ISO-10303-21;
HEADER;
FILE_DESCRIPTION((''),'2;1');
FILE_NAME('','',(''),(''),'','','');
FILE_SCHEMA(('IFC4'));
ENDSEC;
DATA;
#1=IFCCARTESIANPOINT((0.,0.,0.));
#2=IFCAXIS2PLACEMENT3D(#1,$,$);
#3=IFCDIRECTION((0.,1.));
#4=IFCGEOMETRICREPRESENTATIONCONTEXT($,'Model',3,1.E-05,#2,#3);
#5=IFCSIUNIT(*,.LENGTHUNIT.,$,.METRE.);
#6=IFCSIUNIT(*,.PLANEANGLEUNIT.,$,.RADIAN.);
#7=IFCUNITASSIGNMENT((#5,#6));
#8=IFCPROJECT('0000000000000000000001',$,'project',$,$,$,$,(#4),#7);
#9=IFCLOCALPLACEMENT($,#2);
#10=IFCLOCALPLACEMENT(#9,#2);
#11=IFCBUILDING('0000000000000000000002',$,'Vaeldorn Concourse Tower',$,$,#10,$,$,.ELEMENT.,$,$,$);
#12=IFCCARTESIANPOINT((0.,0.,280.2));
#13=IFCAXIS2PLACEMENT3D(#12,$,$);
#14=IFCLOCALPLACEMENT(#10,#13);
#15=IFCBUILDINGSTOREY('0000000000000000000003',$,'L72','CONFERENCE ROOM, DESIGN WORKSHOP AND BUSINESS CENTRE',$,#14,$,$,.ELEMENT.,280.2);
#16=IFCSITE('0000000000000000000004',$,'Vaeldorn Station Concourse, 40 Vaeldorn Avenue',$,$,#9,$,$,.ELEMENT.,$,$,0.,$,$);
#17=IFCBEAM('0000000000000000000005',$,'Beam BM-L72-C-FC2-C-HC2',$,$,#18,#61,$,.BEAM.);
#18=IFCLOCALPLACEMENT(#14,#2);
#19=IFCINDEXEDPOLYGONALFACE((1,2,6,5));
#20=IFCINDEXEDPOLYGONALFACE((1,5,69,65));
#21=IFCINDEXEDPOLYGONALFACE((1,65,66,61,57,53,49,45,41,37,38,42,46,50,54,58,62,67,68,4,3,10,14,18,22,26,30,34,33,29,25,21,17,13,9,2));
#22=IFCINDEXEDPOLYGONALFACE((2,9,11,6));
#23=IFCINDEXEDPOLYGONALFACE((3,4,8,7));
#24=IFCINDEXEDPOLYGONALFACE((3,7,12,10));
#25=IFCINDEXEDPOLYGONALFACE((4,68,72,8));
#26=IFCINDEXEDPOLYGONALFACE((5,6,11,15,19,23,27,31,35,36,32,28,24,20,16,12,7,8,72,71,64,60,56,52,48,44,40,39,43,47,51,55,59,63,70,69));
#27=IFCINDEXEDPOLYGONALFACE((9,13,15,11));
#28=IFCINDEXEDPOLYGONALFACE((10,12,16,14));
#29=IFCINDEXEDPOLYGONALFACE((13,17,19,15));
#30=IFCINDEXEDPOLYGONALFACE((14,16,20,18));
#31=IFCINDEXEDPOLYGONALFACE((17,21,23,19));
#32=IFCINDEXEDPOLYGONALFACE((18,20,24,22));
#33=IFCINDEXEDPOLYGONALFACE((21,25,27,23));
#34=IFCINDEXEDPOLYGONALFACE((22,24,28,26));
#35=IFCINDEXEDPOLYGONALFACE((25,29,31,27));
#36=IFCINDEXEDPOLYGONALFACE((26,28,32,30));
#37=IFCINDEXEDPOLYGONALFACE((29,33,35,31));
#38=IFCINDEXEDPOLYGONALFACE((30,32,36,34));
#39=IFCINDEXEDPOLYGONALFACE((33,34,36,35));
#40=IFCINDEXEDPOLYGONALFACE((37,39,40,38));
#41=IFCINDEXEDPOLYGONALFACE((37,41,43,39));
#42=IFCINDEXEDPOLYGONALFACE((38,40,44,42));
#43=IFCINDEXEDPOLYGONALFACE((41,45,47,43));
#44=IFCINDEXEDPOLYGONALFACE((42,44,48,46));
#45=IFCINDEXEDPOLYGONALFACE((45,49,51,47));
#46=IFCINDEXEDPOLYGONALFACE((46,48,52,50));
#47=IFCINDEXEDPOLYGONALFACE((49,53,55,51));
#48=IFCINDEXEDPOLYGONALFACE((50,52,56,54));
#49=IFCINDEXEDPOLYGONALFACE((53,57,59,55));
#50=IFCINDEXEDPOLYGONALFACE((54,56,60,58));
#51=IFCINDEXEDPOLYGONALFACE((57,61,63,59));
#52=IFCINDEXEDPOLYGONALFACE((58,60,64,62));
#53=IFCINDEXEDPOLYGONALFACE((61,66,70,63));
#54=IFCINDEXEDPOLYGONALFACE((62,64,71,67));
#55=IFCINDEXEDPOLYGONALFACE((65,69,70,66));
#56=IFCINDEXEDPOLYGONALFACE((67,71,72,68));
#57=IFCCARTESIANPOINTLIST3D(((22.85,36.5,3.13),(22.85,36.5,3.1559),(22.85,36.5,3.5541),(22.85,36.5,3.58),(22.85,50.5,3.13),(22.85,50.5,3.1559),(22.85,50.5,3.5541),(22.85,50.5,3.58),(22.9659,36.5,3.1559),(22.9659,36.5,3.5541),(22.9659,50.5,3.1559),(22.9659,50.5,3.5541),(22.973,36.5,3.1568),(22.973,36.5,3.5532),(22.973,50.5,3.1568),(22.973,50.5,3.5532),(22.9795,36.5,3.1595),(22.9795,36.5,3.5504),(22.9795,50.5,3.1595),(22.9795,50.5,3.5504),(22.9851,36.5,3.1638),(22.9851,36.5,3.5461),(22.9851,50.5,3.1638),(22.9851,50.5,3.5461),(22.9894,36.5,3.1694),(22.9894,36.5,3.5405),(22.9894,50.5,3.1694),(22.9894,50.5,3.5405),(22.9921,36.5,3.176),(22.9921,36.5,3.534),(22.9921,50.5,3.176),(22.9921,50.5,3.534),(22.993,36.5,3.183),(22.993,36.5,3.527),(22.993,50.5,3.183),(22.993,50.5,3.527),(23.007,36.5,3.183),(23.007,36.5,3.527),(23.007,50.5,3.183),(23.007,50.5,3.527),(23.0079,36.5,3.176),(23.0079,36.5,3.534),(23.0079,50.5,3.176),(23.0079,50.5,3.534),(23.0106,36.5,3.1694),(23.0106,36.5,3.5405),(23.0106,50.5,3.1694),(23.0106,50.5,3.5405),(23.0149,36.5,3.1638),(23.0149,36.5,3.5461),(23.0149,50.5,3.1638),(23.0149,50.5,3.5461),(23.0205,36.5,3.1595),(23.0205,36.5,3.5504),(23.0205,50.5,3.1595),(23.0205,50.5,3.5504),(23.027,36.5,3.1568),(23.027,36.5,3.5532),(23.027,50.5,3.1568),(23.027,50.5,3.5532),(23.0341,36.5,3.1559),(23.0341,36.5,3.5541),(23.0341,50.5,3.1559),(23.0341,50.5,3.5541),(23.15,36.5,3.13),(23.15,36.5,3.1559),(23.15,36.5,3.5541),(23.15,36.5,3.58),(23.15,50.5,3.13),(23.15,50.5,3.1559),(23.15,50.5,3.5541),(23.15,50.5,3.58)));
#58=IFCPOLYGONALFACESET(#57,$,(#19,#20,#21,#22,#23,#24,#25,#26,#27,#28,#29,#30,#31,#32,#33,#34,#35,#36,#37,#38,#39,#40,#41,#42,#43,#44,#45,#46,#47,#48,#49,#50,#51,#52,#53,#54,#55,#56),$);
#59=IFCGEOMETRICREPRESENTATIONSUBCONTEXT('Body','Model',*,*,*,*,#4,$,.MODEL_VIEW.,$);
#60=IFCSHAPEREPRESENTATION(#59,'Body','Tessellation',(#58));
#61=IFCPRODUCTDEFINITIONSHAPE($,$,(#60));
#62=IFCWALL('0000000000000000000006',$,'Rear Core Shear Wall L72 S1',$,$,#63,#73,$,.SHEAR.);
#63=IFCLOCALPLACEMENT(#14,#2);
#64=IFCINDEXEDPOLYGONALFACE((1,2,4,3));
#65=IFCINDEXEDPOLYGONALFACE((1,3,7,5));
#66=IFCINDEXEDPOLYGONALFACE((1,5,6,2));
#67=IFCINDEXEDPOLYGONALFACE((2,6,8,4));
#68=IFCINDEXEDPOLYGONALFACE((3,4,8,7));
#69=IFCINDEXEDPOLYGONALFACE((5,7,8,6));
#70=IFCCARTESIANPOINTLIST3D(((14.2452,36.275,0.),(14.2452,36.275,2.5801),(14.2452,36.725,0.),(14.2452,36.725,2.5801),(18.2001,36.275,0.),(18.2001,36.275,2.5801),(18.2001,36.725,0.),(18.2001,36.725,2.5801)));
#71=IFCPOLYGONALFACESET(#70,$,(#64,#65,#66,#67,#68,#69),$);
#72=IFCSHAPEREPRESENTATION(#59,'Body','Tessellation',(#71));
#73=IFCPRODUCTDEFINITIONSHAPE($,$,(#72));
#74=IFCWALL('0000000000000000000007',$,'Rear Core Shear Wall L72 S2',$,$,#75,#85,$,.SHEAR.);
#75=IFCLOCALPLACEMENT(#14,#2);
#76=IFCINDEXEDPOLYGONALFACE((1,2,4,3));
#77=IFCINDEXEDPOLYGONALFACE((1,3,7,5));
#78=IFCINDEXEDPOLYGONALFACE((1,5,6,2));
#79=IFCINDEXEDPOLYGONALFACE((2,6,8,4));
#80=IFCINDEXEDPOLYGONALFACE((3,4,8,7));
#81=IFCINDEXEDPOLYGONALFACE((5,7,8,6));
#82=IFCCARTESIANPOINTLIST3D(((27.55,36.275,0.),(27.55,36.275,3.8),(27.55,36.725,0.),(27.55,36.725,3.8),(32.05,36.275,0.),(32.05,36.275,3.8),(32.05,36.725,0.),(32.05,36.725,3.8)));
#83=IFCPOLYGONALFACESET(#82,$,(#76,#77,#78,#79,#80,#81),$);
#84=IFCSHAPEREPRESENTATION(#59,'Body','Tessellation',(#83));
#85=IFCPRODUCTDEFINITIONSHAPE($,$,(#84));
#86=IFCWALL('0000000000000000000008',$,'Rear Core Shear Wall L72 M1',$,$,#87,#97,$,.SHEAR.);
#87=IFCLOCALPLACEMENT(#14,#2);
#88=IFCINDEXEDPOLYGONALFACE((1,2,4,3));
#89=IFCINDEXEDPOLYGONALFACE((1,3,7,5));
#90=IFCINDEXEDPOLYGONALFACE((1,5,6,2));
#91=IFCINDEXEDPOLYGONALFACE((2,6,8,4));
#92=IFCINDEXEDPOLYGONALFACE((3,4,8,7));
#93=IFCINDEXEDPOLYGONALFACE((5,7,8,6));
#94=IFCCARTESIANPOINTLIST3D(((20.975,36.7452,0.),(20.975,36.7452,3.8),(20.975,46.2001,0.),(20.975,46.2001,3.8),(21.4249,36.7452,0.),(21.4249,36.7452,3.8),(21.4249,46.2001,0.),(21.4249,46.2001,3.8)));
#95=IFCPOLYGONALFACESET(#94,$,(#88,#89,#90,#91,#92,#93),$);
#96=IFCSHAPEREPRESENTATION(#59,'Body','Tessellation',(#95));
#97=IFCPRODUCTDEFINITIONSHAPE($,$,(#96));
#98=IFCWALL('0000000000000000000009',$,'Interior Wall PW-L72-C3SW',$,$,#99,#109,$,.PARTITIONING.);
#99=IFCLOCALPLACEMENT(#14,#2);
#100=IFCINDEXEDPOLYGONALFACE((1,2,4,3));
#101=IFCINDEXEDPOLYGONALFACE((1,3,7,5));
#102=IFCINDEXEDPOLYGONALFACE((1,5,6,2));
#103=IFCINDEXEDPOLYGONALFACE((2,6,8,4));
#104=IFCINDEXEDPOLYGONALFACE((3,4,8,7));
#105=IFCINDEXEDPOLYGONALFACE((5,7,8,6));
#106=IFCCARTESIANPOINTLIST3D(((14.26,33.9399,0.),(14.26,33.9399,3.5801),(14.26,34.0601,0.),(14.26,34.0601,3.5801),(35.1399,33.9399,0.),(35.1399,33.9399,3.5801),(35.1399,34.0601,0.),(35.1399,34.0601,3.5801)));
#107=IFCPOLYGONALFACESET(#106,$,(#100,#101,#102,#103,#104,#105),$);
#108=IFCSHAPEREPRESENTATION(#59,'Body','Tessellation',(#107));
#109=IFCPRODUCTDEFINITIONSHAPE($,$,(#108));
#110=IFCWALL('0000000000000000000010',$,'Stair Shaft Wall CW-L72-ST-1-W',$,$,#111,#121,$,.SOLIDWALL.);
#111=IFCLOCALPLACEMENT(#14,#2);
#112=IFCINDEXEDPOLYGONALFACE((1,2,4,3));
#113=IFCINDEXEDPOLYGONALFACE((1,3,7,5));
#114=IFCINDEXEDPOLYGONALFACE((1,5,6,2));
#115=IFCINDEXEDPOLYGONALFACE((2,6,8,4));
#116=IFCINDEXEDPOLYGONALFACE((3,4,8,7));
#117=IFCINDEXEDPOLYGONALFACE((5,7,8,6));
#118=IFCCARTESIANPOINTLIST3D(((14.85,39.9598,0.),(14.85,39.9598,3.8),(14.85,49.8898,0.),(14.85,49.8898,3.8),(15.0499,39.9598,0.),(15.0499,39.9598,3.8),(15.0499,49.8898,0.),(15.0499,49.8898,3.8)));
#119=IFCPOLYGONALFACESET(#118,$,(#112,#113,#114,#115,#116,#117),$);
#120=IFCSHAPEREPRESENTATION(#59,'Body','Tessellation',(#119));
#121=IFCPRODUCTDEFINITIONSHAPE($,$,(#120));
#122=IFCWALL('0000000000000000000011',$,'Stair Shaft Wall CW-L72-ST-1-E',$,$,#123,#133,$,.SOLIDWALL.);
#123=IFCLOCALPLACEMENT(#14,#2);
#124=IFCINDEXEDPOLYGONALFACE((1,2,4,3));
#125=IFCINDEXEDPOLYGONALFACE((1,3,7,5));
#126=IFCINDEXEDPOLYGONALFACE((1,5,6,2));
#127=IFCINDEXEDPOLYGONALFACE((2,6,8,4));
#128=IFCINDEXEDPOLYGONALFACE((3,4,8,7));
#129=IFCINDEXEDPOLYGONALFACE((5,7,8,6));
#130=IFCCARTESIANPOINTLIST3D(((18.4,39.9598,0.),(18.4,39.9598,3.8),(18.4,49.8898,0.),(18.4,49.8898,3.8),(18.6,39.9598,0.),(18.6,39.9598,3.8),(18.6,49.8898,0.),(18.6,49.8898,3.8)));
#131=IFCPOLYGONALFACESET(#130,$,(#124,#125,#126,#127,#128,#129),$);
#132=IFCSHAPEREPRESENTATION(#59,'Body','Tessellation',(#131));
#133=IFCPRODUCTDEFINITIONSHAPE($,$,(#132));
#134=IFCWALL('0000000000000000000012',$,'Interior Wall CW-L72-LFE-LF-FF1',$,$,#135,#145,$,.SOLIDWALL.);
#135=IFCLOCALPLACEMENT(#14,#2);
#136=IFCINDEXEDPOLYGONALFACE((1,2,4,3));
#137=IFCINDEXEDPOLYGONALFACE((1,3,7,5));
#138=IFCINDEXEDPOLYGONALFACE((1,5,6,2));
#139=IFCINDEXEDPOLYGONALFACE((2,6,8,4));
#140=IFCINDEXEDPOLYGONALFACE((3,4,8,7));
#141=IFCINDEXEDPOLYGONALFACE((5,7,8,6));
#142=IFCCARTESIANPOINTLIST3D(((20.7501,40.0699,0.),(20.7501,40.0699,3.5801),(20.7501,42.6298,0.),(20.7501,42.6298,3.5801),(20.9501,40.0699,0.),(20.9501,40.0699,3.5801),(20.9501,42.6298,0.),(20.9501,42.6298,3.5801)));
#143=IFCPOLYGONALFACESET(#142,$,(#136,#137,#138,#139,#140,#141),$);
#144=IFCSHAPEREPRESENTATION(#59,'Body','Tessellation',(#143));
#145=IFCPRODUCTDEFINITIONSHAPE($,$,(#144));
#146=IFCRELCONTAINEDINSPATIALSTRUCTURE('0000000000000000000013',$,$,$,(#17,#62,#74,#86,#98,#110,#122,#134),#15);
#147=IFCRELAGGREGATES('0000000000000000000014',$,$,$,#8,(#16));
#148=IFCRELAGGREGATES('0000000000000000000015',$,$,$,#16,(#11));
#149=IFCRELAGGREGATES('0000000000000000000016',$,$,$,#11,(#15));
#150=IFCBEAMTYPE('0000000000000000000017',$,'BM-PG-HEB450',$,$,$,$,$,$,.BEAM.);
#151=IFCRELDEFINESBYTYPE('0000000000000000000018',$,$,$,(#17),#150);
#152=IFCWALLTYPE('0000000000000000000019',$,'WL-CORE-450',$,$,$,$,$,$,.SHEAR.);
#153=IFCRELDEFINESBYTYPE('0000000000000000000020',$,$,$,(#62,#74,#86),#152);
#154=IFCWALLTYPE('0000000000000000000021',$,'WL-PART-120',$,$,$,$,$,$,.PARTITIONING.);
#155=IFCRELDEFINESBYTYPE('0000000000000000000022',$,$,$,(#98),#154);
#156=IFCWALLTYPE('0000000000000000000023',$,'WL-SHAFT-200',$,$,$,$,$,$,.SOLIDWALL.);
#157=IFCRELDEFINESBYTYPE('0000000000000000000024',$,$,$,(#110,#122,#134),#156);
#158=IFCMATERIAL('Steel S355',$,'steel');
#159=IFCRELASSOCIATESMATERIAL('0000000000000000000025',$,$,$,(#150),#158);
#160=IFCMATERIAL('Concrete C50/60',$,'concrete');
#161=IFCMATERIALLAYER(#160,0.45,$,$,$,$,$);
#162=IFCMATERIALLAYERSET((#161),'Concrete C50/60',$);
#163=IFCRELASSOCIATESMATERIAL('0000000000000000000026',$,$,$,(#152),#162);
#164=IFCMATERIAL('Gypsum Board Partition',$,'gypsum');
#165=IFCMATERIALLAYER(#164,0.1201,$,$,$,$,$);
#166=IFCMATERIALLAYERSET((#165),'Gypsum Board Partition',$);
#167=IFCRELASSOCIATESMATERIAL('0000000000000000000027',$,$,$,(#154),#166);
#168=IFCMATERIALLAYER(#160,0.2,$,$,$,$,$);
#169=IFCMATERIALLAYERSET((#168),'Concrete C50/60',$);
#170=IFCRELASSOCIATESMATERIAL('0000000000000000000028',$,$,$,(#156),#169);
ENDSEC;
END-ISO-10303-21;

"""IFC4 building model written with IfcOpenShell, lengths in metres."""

from ifc_helpers import new_model, si_unit, direction, frame, frame_2d, origin, origin_2d, place, context, subcontext, project, spatial, rectangle, i_section, extrude, source, transform, mapped, material, layer, layer_set, material_profile, profile_set, type_object, element, save


model = new_model("IFC4")

# Units and contexts
model_context = context("Model", 3, precision=1e-05, world=origin(), true_north=direction((0.0, 1.0)))
body_context = subcontext(model_context, "Body", "Model", "MODEL_VIEW")
ifc_project = project(units=[si_unit("LENGTHUNIT", "METRE"), si_unit("PLANEANGLEUNIT", "RADIAN")], contexts=[model_context])

# Site, building, storey
site_placement = place(None, origin())
site = spatial("IfcSite", under=ifc_project, at=site_placement, Name="Vaeldorn Station Concourse, 40 Vaeldorn Avenue", CompositionType="ELEMENT", RefElevation=0.0)
building_placement = place(site_placement, origin())
building = spatial("IfcBuilding", under=site, at=building_placement, Name="Vaeldorn Concourse Tower", CompositionType="ELEMENT")
storey_placement = place(building_placement, frame((0.0, 0.0, 280.2)))
storey = spatial("IfcBuildingStorey", under=building, at=storey_placement, Name="L72", Description="CONFERENCE ROOM, DESIGN WORKSHOP AND BUSINESS CENTRE", CompositionType="ELEMENT", Elevation=280.2)

# Shared definitions
ifc_material_1 = material(Name="Steel S355", Category="steel")

# Beam
ifc_material_profile_1 = material_profile(ifc_material_1, i_section(OverallWidth=0.3, OverallDepth=0.45, WebThickness=0.0139, FlangeThickness=0.0259, FilletRadius=0.0271, at=origin_2d()), Name="HEB 450")
ifc_profile_set_1 = profile_set([ifc_material_profile_1], Name="Steel S355")
beam_type_1 = type_object("IfcBeamType", Name="BM-PG-HEB450", PredefinedType="BEAM", material=ifc_profile_set_1)
shared_shape_1 = source(origin(), body_context, "Body", "SweptSolid", [
    extrude(i_section(OverallWidth=0.3, OverallDepth=0.45, WebThickness=0.0139, FlangeThickness=0.0259, FilletRadius=0.0271, at=origin_2d()), origin(), (0.0, 0.0, 1.0), 14.0),
])
beam_1_placement = place(storey_placement, frame((23.0, 36.5, 3.355), z_axis=(0.0, 1.0, 0.0), x_axis=(-1.0, 0.0, 0.0)))
element("IfcBeam", 1, at=beam_1_placement, inside=storey, type_object=beam_type_1, Name="Beam BM-L72-C-FC2-C-HC2", PredefinedType="BEAM", context=body_context, shape_type="MappedRepresentation", body=[
    mapped(shared_shape_1, transform((0.0, 0.0, 0.0), scale=1.0)),
])

# Walls
ifc_material_2 = material(Name="Concrete C50/60", Category="concrete")
ifc_layer_1 = layer(ifc_material_2, 0.45)
ifc_layer_set_1 = layer_set([ifc_layer_1], Name="Concrete C50/60")
wall_type_1 = type_object("IfcWallType", Name="WL-CORE-450", PredefinedType="SHEAR", material=ifc_layer_set_1)
wall_1_placement = place(storey_placement, frame((14.2451, 36.5, 0.0), z_axis=(0.0, 0.0, 1.0), x_axis=(1.0, 0.0, 0.0)))
element("IfcWall", 2, at=wall_1_placement, inside=storey, type_object=wall_type_1, Name="Rear Core Shear Wall L72 S1", PredefinedType="SHEAR", context=body_context, shape_type="SweptSolid", body=[
    extrude(rectangle(XDim=3.9548, YDim=0.45, at=frame_2d((1.9775, 0.0))), origin(), (0.0, 0.0, 1.0), 2.5801),
])
wall_2_placement = place(storey_placement, frame((27.55, 36.5, 0.0), z_axis=(0.0, 0.0, 1.0), x_axis=(1.0, 0.0, 0.0)))
element("IfcWall", 3, at=wall_2_placement, inside=storey, type_object=wall_type_1, Name="Rear Core Shear Wall L72 S2", PredefinedType="SHEAR", context=body_context, shape_type="SweptSolid", body=[
    extrude(rectangle(XDim=4.5, YDim=0.45, at=frame_2d((2.25, 0.0))), origin(), (0.0, 0.0, 1.0), 3.8),
])
wall_3_placement = place(storey_placement, frame((21.2, 36.7451, 0.0), z_axis=(0.0, 0.0, 1.0), x_axis=(0.0, 1.0, 0.0)))
element("IfcWall", 4, at=wall_3_placement, inside=storey, type_object=wall_type_1, Name="Rear Core Shear Wall L72 M1", PredefinedType="SHEAR", context=body_context, shape_type="SweptSolid", body=[
    extrude(rectangle(XDim=9.4548, YDim=0.45, at=frame_2d((4.7275, 0.0))), origin(), (0.0, 0.0, 1.0), 3.8),
])
ifc_material_3 = material(Name="Gypsum Board Partition", Category="gypsum")
ifc_layer_2 = layer(ifc_material_3, 0.1201)
ifc_layer_set_2 = layer_set([ifc_layer_2], Name="Gypsum Board Partition")
wall_type_2 = type_object("IfcWallType", Name="WL-PART-120", PredefinedType="PARTITIONING", material=ifc_layer_set_2)
wall_4_placement = place(storey_placement, frame((14.26, 34.0, 0.0), z_axis=(0.0, 0.0, 1.0), x_axis=(1.0, 0.0, 0.0)))
element("IfcWall", 5, at=wall_4_placement, inside=storey, type_object=wall_type_2, Name="Interior Wall PW-L72-C3SW", PredefinedType="PARTITIONING", context=body_context, shape_type="SweptSolid", body=[
    extrude(rectangle(XDim=20.8799, YDim=0.1201, at=frame_2d((10.4399, 0.0))), origin(), (0.0, 0.0, 1.0), 3.5801),
])

# Shared definitions
ifc_layer_3 = layer(ifc_material_2, 0.2)
ifc_layer_set_3 = layer_set([ifc_layer_3], Name="Concrete C50/60")
wall_type_3 = type_object("IfcWallType", Name="WL-SHAFT-200", PredefinedType="SOLIDWALL", material=ifc_layer_set_3)

# Walls
for number, where, z_axis, x_axis, name in (
    (6, (14.95, 39.96, 0.0), (0.0, 0.0, 1.0), (0.0, 1.0, 0.0), "Stair Shaft Wall CW-L72-ST-1-W"),
    (7, (18.5, 39.96, 0.0), (0.0, 0.0, 1.0), (0.0, 1.0, 0.0), "Stair Shaft Wall CW-L72-ST-1-E"),
):
    element("IfcWall", number, at=place(storey_placement, frame(where, z_axis=z_axis, x_axis=x_axis)), inside=storey, type_object=wall_type_3, Name=name, PredefinedType="SOLIDWALL", context=body_context, shape_type="SweptSolid", body=[
        extrude(rectangle(XDim=9.9299, YDim=0.2, at=frame_2d((4.9648, 0.0))), origin(), (0.0, 0.0, 1.0), 3.8),
    ])

# Wall
wall_5_placement = place(storey_placement, frame((20.8501, 40.0701, 0.0), z_axis=(0.0, 0.0, 1.0), x_axis=(0.0, 1.0, 0.0)))
element("IfcWall", 8, at=wall_5_placement, inside=storey, type_object=wall_type_3, Name="Interior Wall CW-L72-LFE-LF-FF1", PredefinedType="SOLIDWALL", context=body_context, shape_type="SweptSolid", body=[
    extrude(rectangle(XDim=2.5598, YDim=0.2, at=frame_2d((1.2798, 0.0))), origin(), (0.0, 0.0, 1.0), 3.5801),
])

save(model, "model.ifc")
